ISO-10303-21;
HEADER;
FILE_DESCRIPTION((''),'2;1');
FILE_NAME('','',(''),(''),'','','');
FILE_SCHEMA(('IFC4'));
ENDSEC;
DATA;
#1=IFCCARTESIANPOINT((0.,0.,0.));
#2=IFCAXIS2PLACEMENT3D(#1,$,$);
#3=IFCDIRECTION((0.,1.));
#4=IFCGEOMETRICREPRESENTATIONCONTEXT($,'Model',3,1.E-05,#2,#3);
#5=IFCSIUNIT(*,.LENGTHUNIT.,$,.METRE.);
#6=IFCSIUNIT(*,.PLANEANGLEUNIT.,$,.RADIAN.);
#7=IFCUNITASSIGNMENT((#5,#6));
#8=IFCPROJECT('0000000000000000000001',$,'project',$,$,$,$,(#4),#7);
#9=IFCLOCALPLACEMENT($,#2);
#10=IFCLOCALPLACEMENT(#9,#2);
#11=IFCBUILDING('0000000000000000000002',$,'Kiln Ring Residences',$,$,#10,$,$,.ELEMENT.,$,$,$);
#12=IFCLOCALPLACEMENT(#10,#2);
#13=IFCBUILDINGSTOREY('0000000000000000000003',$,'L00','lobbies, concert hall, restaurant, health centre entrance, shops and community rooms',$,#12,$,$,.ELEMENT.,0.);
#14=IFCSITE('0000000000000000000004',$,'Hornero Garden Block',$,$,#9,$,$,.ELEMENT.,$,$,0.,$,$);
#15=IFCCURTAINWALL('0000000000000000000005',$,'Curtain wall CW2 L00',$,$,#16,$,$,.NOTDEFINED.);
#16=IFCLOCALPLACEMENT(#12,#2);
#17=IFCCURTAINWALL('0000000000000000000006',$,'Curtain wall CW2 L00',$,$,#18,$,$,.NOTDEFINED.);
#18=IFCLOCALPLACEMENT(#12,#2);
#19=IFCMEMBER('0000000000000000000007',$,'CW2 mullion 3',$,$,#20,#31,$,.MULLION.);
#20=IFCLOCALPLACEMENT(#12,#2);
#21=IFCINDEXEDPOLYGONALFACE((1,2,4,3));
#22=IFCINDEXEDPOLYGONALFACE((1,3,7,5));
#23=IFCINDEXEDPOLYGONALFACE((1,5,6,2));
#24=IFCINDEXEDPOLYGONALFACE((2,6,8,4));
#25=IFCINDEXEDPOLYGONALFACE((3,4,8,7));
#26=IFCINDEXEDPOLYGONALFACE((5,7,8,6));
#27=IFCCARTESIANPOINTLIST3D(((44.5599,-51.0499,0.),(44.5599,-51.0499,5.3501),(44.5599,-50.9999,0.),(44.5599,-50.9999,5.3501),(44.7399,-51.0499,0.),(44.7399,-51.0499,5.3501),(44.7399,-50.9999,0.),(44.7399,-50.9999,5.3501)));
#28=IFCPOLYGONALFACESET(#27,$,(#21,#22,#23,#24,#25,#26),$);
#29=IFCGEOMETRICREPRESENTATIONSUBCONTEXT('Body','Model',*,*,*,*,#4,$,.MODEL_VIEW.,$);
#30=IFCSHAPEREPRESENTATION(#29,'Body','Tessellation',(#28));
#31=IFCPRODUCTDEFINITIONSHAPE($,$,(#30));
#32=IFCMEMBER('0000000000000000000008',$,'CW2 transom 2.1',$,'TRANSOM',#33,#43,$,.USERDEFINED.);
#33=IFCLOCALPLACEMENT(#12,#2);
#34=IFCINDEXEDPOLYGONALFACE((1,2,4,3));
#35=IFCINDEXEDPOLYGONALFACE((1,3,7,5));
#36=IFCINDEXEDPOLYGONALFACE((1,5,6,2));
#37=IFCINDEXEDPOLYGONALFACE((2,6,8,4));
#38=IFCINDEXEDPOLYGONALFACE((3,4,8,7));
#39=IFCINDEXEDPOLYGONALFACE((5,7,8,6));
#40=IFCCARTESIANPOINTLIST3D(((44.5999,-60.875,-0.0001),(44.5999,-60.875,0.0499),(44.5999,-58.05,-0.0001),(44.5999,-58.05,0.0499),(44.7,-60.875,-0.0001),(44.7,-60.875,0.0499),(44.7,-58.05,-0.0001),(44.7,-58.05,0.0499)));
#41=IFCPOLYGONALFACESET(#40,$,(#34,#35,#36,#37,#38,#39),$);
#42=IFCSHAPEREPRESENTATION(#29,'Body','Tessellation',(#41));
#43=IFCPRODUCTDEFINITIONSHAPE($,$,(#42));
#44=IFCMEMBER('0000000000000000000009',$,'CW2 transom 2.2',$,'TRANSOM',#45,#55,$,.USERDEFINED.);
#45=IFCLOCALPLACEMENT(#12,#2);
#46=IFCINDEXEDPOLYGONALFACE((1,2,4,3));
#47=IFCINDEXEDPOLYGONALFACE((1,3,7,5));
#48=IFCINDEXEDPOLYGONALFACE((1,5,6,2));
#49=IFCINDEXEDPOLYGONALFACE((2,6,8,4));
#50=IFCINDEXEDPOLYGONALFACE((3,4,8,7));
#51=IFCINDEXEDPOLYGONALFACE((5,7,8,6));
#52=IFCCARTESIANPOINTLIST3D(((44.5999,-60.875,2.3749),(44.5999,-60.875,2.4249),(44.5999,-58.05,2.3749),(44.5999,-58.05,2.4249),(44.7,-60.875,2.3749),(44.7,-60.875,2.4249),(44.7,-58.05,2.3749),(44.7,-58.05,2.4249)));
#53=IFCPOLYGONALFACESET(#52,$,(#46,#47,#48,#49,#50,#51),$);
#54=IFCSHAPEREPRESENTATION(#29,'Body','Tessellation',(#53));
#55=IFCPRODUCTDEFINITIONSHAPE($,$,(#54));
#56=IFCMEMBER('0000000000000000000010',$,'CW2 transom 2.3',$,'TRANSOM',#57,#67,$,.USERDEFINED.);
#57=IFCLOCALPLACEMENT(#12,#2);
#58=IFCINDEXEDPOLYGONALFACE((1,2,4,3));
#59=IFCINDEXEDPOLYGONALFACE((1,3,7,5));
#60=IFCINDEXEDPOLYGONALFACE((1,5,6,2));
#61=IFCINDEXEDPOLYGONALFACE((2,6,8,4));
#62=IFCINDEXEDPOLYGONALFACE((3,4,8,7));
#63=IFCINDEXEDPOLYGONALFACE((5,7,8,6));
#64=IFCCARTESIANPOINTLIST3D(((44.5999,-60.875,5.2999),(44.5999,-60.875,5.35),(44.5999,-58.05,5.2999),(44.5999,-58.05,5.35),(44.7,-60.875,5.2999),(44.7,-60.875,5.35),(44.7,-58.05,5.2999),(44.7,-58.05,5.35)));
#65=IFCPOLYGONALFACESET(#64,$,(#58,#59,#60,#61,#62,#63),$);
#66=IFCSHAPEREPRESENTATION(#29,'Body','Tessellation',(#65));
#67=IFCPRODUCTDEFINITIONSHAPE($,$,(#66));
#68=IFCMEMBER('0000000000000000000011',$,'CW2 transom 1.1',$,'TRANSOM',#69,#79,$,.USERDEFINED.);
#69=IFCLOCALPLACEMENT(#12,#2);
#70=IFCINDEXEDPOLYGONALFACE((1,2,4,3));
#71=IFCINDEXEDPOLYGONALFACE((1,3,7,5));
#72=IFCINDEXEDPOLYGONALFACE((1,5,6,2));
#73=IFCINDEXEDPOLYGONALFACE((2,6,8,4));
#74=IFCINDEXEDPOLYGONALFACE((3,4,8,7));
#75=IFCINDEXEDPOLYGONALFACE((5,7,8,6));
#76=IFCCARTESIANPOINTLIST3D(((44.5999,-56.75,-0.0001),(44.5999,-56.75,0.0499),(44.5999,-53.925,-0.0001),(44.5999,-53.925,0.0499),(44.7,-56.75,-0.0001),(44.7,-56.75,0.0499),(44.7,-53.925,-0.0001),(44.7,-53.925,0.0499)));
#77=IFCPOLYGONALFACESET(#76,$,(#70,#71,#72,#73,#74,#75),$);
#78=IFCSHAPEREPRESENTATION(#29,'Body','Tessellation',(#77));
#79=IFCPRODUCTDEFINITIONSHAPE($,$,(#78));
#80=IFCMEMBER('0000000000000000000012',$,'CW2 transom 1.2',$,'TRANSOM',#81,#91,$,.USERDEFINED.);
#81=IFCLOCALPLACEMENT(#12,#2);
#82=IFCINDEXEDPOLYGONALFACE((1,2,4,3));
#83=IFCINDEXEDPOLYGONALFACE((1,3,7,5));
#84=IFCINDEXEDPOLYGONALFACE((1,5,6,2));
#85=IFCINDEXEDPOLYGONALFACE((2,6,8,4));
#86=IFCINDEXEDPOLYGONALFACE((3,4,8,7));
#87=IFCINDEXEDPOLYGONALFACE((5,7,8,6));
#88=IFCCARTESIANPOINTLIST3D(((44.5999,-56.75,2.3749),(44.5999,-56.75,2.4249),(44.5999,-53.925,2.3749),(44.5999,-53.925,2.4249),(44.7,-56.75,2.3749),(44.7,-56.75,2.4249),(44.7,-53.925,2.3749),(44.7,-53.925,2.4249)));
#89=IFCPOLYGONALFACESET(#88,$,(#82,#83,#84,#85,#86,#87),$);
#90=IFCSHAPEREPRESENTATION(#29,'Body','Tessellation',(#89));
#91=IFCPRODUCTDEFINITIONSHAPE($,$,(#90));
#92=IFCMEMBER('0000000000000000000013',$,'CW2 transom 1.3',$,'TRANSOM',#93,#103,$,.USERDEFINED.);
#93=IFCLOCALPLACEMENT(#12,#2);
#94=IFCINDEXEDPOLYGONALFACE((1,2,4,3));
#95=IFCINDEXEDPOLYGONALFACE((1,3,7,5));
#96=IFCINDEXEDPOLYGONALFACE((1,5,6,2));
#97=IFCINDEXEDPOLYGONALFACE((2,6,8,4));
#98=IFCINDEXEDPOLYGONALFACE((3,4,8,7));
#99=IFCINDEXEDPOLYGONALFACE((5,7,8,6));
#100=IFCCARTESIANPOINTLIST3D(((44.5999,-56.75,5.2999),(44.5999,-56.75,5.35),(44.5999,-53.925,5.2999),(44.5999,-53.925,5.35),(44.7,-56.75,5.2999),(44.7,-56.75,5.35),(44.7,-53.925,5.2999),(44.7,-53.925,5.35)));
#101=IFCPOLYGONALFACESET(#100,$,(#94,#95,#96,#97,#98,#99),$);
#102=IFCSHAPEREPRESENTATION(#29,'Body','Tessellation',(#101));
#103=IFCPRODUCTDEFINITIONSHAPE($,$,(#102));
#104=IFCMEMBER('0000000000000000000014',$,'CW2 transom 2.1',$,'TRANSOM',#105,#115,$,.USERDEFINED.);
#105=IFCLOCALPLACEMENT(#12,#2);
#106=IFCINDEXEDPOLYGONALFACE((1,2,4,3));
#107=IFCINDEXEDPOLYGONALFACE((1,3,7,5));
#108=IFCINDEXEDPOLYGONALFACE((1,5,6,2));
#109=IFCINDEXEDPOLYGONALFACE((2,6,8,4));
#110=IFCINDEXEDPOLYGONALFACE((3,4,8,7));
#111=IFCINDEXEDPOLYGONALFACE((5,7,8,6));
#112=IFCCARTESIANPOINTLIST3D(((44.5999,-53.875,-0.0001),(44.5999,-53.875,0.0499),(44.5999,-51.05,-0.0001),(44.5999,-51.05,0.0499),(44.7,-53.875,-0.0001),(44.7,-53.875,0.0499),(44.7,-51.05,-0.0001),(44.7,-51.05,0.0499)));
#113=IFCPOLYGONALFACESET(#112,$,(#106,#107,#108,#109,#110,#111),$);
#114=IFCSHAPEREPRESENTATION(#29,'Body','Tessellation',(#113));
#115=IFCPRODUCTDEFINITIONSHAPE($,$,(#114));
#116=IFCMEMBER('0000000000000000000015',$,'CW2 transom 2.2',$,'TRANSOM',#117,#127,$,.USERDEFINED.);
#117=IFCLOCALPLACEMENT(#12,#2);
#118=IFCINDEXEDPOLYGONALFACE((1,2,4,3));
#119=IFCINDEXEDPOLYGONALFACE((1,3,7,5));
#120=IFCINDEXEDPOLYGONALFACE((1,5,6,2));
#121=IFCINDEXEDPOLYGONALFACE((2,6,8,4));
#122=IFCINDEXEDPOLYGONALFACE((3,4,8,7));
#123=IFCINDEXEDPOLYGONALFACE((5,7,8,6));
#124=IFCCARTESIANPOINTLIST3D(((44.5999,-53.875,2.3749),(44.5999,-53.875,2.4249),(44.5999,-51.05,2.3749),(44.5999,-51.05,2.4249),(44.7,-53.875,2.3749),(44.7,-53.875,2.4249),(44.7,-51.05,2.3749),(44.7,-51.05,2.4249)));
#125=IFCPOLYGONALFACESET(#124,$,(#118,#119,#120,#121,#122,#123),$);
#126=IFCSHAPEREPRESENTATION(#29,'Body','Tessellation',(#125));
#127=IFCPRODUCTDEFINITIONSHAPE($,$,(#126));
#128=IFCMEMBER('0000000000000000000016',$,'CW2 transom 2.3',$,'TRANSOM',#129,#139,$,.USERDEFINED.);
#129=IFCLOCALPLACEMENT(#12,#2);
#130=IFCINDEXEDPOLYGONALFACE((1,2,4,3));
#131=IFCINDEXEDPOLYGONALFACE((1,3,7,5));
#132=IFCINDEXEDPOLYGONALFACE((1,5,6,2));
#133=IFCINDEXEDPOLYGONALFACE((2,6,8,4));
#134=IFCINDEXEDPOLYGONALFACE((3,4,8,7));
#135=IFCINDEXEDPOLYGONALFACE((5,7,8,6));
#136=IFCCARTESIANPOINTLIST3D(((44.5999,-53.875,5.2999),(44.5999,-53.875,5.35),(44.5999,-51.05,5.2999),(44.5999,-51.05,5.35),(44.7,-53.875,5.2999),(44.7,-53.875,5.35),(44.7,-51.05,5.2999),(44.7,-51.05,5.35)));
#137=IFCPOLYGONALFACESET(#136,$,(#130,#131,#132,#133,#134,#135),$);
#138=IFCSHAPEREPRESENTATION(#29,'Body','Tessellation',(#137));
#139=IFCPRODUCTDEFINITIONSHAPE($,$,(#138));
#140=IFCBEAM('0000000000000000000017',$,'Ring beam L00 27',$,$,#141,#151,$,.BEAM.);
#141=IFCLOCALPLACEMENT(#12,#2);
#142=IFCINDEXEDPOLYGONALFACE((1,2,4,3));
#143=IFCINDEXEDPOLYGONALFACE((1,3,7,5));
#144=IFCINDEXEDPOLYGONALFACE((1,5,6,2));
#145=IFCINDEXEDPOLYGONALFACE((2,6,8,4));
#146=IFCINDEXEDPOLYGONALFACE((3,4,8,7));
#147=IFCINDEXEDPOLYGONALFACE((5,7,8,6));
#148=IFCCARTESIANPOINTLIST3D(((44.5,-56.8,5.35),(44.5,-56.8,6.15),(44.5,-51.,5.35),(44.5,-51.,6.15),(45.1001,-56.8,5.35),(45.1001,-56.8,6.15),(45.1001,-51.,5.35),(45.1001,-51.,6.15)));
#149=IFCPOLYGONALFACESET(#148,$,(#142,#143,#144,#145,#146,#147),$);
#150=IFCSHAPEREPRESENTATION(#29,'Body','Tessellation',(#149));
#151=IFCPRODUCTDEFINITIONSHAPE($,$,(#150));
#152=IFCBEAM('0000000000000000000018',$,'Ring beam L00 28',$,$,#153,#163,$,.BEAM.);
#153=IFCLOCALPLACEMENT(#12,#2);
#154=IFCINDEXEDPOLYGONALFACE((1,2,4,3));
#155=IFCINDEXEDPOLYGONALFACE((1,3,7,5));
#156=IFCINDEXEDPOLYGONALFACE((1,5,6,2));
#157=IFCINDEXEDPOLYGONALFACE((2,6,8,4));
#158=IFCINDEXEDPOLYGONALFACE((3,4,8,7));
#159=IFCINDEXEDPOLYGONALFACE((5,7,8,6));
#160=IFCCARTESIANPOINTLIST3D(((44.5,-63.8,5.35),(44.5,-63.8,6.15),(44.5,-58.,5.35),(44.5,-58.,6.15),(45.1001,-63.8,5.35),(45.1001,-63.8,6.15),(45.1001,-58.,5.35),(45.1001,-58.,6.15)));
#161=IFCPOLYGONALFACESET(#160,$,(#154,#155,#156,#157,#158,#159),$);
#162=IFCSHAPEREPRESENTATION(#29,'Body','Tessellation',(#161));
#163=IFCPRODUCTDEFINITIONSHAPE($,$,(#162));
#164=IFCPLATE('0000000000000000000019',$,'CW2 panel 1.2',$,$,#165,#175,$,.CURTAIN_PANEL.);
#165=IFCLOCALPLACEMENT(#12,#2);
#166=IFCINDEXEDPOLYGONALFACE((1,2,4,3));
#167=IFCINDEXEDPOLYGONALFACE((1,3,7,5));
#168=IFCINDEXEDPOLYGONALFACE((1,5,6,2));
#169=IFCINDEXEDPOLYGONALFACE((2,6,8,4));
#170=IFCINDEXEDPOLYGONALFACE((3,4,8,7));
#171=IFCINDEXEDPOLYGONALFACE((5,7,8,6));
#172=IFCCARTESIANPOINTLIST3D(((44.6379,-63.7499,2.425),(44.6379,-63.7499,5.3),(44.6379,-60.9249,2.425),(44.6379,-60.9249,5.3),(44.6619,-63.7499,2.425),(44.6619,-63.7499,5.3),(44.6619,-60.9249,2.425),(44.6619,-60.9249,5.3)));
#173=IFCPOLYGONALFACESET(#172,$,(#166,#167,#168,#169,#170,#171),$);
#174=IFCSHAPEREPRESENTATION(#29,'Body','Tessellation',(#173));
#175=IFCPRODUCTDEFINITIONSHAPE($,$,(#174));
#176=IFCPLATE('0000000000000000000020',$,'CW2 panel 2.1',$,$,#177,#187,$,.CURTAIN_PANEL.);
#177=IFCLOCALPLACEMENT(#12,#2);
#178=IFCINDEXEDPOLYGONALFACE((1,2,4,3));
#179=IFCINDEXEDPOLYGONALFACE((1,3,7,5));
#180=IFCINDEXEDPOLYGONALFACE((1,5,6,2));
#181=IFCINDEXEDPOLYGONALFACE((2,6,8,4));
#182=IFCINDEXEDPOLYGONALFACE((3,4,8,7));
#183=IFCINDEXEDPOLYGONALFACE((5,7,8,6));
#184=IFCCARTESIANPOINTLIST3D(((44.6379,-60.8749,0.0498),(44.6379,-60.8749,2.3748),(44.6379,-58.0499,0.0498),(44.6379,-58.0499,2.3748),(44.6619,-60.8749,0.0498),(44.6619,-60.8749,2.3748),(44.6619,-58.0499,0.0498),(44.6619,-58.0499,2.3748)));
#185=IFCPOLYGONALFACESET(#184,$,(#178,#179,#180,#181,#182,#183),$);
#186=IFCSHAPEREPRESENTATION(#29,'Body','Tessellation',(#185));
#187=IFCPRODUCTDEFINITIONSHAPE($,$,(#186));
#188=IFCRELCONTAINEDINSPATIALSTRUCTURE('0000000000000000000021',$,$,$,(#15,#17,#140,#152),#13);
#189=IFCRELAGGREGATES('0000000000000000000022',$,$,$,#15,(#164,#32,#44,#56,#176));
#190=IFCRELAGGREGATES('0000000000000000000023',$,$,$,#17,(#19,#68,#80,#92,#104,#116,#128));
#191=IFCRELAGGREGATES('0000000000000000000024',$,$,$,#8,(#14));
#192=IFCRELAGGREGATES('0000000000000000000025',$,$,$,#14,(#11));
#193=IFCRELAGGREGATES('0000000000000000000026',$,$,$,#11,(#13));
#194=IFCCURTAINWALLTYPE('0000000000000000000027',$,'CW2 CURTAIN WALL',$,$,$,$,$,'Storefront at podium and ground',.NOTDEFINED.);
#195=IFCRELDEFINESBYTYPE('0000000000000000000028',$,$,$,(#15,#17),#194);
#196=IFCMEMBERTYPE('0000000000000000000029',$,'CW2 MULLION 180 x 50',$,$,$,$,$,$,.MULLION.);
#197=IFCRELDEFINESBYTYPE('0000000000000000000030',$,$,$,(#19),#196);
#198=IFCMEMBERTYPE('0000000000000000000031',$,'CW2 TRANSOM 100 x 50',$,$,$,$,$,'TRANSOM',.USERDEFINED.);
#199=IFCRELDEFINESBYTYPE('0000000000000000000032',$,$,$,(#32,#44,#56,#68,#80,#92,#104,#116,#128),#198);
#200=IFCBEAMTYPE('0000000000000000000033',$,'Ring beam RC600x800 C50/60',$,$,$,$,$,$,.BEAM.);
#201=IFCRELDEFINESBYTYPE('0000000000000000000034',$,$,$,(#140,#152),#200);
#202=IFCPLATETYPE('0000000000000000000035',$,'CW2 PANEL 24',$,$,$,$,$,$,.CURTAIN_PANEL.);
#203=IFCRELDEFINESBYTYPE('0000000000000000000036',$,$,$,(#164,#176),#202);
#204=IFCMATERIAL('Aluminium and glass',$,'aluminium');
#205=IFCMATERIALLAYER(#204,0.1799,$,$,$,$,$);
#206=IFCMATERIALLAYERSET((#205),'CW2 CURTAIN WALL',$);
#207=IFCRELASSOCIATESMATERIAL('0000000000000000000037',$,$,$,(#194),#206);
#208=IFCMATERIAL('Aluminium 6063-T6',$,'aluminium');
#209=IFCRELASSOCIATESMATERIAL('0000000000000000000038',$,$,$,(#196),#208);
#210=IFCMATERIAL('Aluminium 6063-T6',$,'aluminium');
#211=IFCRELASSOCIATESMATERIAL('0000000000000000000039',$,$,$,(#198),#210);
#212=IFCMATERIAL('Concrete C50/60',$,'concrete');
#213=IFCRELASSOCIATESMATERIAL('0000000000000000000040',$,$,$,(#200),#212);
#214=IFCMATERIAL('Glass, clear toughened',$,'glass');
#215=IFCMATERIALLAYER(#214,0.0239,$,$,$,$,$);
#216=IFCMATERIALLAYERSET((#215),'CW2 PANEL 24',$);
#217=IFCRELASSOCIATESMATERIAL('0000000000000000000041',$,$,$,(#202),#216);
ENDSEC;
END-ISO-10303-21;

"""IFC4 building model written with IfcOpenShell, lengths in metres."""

from ifc_helpers import new_model, si_unit, direction, frame, origin, origin_2d, place, context, subcontext, project, spatial, rectangle, extrude, material, layer, layer_set, material_profile, profile_set, type_object, element, aggregate, save


model = new_model("IFC4")

# Units and contexts
model_context = context("Model", 3, precision=1e-05, world=origin(), true_north=direction((0.0, 1.0)))
body_context = subcontext(model_context, "Body", "Model", "MODEL_VIEW")
ifc_project = project(units=[si_unit("LENGTHUNIT", "METRE"), si_unit("PLANEANGLEUNIT", "RADIAN")], contexts=[model_context])

# Site, building, storey
site_placement = place(None, origin())
site = spatial("IfcSite", under=ifc_project, at=site_placement, Name="Hornero Garden Block", CompositionType="ELEMENT", RefElevation=0.0)
building_placement = place(site_placement, origin())
building = spatial("IfcBuilding", under=site, at=building_placement, Name="Kiln Ring Residences", CompositionType="ELEMENT")
storey_placement = place(building_placement, origin())
storey = spatial("IfcBuildingStorey", under=building, at=storey_placement, Name="L00", Description="lobbies, concert hall, restaurant, health centre entrance, shops and community rooms", CompositionType="ELEMENT", Elevation=0.0)

# Curtain walls, member
ifc_material_1 = material(Name="Aluminium and glass", Category="aluminium")
ifc_layer_1 = layer(ifc_material_1, 0.1799)
ifc_layer_set_1 = layer_set([ifc_layer_1], Name="CW2 CURTAIN WALL")
curtain_wall_type = type_object("IfcCurtainWallType", Name="CW2 CURTAIN WALL", ElementType="Storefront at podium and ground", PredefinedType="NOTDEFINED", material=ifc_layer_set_1)
placement = place(storey_placement, origin())
curtain_wall_1 = element("IfcCurtainWall", 1, at=placement, inside=storey, type_object=curtain_wall_type, Name="Curtain wall CW2 L00", PredefinedType="NOTDEFINED")
ifc_material_2 = material(Name="Aluminium 6063-T6", Category="aluminium")
ifc_material_profile_1 = material_profile(ifc_material_2, rectangle(XDim=0.1799, YDim=0.05, at=origin_2d()), Name="AL 180x50")
ifc_profile_set_1 = profile_set([ifc_material_profile_1], Name="Aluminium 6063-T6")
member_type_1 = type_object("IfcMemberType", Name="CW2 MULLION 180 x 50", PredefinedType="MULLION", material=ifc_profile_set_1)
curtain_wall_2 = element("IfcCurtainWall", 2, at=placement, inside=storey, type_object=curtain_wall_type, Name="Curtain wall CW2 L00", PredefinedType="NOTDEFINED")
member_1_placement = place(storey_placement, frame((44.6499, -51.0249, 0.0), z_axis=(0.0, 0.0, 1.0), x_axis=(-1.0, 0.0, 0.0)))
member_1 = element("IfcMember", 3, at=member_1_placement, type_object=member_type_1, Name="CW2 mullion 3", PredefinedType="MULLION", context=body_context, shape_type="SweptSolid", body=[
    extrude(rectangle(XDim=0.1799, YDim=0.05, at=origin_2d()), origin(), (0.0, 0.0, 1.0), 5.3501),
])

# Members
ifc_material_3 = material(Name="Aluminium 6063-T6", Category="aluminium")
ifc_material_profile_2 = material_profile(ifc_material_3, rectangle(XDim=0.1001, YDim=0.05, at=origin_2d()), Name="AL 100x50")
ifc_profile_set_2 = profile_set([ifc_material_profile_2], Name="Aluminium 6063-T6")
member_type_2 = type_object("IfcMemberType", Name="CW2 TRANSOM 100 x 50", ElementType="TRANSOM", PredefinedType="USERDEFINED", material=ifc_profile_set_2)
member_2_placement = place(storey_placement, frame((44.6499, -60.875, 0.0249), z_axis=(0.0, 1.0, 0.0), x_axis=(-1.0, 0.0, 0.0)))
member_2 = element("IfcMember", 4, at=member_2_placement, type_object=member_type_2, Name="CW2 transom 2.1", ObjectType="TRANSOM", PredefinedType="USERDEFINED", context=body_context, shape_type="SweptSolid", body=[
    extrude(rectangle(XDim=0.1001, YDim=0.05, at=origin_2d()), origin(), (0.0, 0.0, 1.0), 2.825),
])
member_3_placement = place(storey_placement, frame((44.6499, -60.875, 2.3999), z_axis=(0.0, 1.0, 0.0), x_axis=(-1.0, 0.0, 0.0)))
member_3 = element("IfcMember", 5, at=member_3_placement, type_object=member_type_2, Name="CW2 transom 2.2", ObjectType="TRANSOM", PredefinedType="USERDEFINED", context=body_context, shape_type="SweptSolid", body=[
    extrude(rectangle(XDim=0.1001, YDim=0.05, at=origin_2d()), origin(), (0.0, 0.0, 1.0), 2.825),
])
member_4_placement = place(storey_placement, frame((44.6499, -60.875, 5.325), z_axis=(0.0, 1.0, 0.0), x_axis=(-1.0, 0.0, 0.0)))
member_4 = element("IfcMember", 6, at=member_4_placement, type_object=member_type_2, Name="CW2 transom 2.3", ObjectType="TRANSOM", PredefinedType="USERDEFINED", context=body_context, shape_type="SweptSolid", body=[
    extrude(rectangle(XDim=0.1001, YDim=0.05, at=origin_2d()), origin(), (0.0, 0.0, 1.0), 2.825),
])
member_5_placement = place(storey_placement, frame((44.6499, -56.75, 0.0249), z_axis=(0.0, 1.0, 0.0), x_axis=(-1.0, 0.0, 0.0)))
member_5 = element("IfcMember", 7, at=member_5_placement, type_object=member_type_2, Name="CW2 transom 1.1", ObjectType="TRANSOM", PredefinedType="USERDEFINED", context=body_context, shape_type="SweptSolid", body=[
    extrude(rectangle(XDim=0.1001, YDim=0.05, at=origin_2d()), origin(), (0.0, 0.0, 1.0), 2.825),
])
member_6_placement = place(storey_placement, frame((44.6499, -56.75, 2.3999), z_axis=(0.0, 1.0, 0.0), x_axis=(-1.0, 0.0, 0.0)))
member_6 = element("IfcMember", 8, at=member_6_placement, type_object=member_type_2, Name="CW2 transom 1.2", ObjectType="TRANSOM", PredefinedType="USERDEFINED", context=body_context, shape_type="SweptSolid", body=[
    extrude(rectangle(XDim=0.1001, YDim=0.05, at=origin_2d()), origin(), (0.0, 0.0, 1.0), 2.825),
])
member_7_placement = place(storey_placement, frame((44.6499, -56.75, 5.325), z_axis=(0.0, 1.0, 0.0), x_axis=(-1.0, 0.0, 0.0)))
member_7 = element("IfcMember", 9, at=member_7_placement, type_object=member_type_2, Name="CW2 transom 1.3", ObjectType="TRANSOM", PredefinedType="USERDEFINED", context=body_context, shape_type="SweptSolid", body=[
    extrude(rectangle(XDim=0.1001, YDim=0.05, at=origin_2d()), origin(), (0.0, 0.0, 1.0), 2.825),
])
member_8_placement = place(storey_placement, frame((44.6499, -53.875, 0.0249), z_axis=(0.0, 1.0, 0.0), x_axis=(-1.0, 0.0, 0.0)))
member_8 = element("IfcMember", 10, at=member_8_placement, type_object=member_type_2, Name="CW2 transom 2.1", ObjectType="TRANSOM", PredefinedType="USERDEFINED", context=body_context, shape_type="SweptSolid", body=[
    extrude(rectangle(XDim=0.1001, YDim=0.05, at=origin_2d()), origin(), (0.0, 0.0, 1.0), 2.825),
])
member_9_placement = place(storey_placement, frame((44.6499, -53.875, 2.3999), z_axis=(0.0, 1.0, 0.0), x_axis=(-1.0, 0.0, 0.0)))
member_9 = element("IfcMember", 11, at=member_9_placement, type_object=member_type_2, Name="CW2 transom 2.2", ObjectType="TRANSOM", PredefinedType="USERDEFINED", context=body_context, shape_type="SweptSolid", body=[
    extrude(rectangle(XDim=0.1001, YDim=0.05, at=origin_2d()), origin(), (0.0, 0.0, 1.0), 2.825),
])
member_10_placement = place(storey_placement, frame((44.6499, -53.875, 5.325), z_axis=(0.0, 1.0, 0.0), x_axis=(-1.0, 0.0, 0.0)))
member_10 = element("IfcMember", 12, at=member_10_placement, type_object=member_type_2, Name="CW2 transom 2.3", ObjectType="TRANSOM", PredefinedType="USERDEFINED", context=body_context, shape_type="SweptSolid", body=[
    extrude(rectangle(XDim=0.1001, YDim=0.05, at=origin_2d()), origin(), (0.0, 0.0, 1.0), 2.825),
])

# Beams
ifc_material_4 = material(Name="Concrete C50/60", Category="concrete")
ifc_material_profile_3 = material_profile(ifc_material_4, rectangle(XDim=0.6001, YDim=0.8, at=origin_2d()), Name="RC600x800")
ifc_profile_set_3 = profile_set([ifc_material_profile_3], Name="Concrete C50/60")
beam_type = type_object("IfcBeamType", Name="Ring beam RC600x800 C50/60", PredefinedType="BEAM", material=ifc_profile_set_3)
for number, where, z_axis, x_axis, name in (
    (13, (44.8, -51.0, 5.75), (0.0, -1.0, 0.0), (1.0, 0.0, 0.0), "Ring beam L00 27"),
    (14, (44.8, -58.0, 5.75), (0.0, -1.0, 0.0), (1.0, 0.0, 0.0), "Ring beam L00 28"),
):
    element("IfcBeam", number, at=place(storey_placement, frame(where, z_axis=z_axis, x_axis=x_axis)), inside=storey, type_object=beam_type, Name=name, PredefinedType="BEAM", context=body_context, shape_type="SweptSolid", body=[
        extrude(rectangle(XDim=0.6001, YDim=0.8, at=origin_2d()), origin(), (0.0, 0.0, 1.0), 5.8),
    ])

# Plates
ifc_material_5 = material(Name="Glass, clear toughened", Category="glass")
ifc_layer_2 = layer(ifc_material_5, 0.0239)
ifc_layer_set_2 = layer_set([ifc_layer_2], Name="CW2 PANEL 24")
plate_type = type_object("IfcPlateType", Name="CW2 PANEL 24", PredefinedType="CURTAIN_PANEL", material=ifc_layer_set_2)
plate_1_placement = place(storey_placement, frame((44.6499, -62.3374, 2.425), z_axis=(0.0, 0.0, 1.0), x_axis=(0.0, 1.0, 0.0)))
plate_1 = element("IfcPlate", 15, at=plate_1_placement, type_object=plate_type, Name="CW2 panel 1.2", PredefinedType="CURTAIN_PANEL", context=body_context, shape_type="SweptSolid", body=[
    extrude(rectangle(XDim=2.825, YDim=0.0239, at=origin_2d()), origin(), (0.0, 0.0, 1.0), 2.875),
])
plate_2_placement = place(storey_placement, frame((44.6499, -59.4624, 0.0498), z_axis=(0.0, 0.0, 1.0), x_axis=(0.0, 1.0, 0.0)))
plate_2 = element("IfcPlate", 16, at=plate_2_placement, type_object=plate_type, Name="CW2 panel 2.1", PredefinedType="CURTAIN_PANEL", context=body_context, shape_type="SweptSolid", body=[
    extrude(rectangle(XDim=2.825, YDim=0.0239, at=origin_2d()), origin(), (0.0, 0.0, 1.0), 2.325),
])
aggregate(curtain_wall_1, [plate_1, member_2, member_3, member_4, plate_2])
aggregate(curtain_wall_2, [member_1, member_5, member_6, member_7, member_8, member_9, member_10])

save(model, "model.ifc")
